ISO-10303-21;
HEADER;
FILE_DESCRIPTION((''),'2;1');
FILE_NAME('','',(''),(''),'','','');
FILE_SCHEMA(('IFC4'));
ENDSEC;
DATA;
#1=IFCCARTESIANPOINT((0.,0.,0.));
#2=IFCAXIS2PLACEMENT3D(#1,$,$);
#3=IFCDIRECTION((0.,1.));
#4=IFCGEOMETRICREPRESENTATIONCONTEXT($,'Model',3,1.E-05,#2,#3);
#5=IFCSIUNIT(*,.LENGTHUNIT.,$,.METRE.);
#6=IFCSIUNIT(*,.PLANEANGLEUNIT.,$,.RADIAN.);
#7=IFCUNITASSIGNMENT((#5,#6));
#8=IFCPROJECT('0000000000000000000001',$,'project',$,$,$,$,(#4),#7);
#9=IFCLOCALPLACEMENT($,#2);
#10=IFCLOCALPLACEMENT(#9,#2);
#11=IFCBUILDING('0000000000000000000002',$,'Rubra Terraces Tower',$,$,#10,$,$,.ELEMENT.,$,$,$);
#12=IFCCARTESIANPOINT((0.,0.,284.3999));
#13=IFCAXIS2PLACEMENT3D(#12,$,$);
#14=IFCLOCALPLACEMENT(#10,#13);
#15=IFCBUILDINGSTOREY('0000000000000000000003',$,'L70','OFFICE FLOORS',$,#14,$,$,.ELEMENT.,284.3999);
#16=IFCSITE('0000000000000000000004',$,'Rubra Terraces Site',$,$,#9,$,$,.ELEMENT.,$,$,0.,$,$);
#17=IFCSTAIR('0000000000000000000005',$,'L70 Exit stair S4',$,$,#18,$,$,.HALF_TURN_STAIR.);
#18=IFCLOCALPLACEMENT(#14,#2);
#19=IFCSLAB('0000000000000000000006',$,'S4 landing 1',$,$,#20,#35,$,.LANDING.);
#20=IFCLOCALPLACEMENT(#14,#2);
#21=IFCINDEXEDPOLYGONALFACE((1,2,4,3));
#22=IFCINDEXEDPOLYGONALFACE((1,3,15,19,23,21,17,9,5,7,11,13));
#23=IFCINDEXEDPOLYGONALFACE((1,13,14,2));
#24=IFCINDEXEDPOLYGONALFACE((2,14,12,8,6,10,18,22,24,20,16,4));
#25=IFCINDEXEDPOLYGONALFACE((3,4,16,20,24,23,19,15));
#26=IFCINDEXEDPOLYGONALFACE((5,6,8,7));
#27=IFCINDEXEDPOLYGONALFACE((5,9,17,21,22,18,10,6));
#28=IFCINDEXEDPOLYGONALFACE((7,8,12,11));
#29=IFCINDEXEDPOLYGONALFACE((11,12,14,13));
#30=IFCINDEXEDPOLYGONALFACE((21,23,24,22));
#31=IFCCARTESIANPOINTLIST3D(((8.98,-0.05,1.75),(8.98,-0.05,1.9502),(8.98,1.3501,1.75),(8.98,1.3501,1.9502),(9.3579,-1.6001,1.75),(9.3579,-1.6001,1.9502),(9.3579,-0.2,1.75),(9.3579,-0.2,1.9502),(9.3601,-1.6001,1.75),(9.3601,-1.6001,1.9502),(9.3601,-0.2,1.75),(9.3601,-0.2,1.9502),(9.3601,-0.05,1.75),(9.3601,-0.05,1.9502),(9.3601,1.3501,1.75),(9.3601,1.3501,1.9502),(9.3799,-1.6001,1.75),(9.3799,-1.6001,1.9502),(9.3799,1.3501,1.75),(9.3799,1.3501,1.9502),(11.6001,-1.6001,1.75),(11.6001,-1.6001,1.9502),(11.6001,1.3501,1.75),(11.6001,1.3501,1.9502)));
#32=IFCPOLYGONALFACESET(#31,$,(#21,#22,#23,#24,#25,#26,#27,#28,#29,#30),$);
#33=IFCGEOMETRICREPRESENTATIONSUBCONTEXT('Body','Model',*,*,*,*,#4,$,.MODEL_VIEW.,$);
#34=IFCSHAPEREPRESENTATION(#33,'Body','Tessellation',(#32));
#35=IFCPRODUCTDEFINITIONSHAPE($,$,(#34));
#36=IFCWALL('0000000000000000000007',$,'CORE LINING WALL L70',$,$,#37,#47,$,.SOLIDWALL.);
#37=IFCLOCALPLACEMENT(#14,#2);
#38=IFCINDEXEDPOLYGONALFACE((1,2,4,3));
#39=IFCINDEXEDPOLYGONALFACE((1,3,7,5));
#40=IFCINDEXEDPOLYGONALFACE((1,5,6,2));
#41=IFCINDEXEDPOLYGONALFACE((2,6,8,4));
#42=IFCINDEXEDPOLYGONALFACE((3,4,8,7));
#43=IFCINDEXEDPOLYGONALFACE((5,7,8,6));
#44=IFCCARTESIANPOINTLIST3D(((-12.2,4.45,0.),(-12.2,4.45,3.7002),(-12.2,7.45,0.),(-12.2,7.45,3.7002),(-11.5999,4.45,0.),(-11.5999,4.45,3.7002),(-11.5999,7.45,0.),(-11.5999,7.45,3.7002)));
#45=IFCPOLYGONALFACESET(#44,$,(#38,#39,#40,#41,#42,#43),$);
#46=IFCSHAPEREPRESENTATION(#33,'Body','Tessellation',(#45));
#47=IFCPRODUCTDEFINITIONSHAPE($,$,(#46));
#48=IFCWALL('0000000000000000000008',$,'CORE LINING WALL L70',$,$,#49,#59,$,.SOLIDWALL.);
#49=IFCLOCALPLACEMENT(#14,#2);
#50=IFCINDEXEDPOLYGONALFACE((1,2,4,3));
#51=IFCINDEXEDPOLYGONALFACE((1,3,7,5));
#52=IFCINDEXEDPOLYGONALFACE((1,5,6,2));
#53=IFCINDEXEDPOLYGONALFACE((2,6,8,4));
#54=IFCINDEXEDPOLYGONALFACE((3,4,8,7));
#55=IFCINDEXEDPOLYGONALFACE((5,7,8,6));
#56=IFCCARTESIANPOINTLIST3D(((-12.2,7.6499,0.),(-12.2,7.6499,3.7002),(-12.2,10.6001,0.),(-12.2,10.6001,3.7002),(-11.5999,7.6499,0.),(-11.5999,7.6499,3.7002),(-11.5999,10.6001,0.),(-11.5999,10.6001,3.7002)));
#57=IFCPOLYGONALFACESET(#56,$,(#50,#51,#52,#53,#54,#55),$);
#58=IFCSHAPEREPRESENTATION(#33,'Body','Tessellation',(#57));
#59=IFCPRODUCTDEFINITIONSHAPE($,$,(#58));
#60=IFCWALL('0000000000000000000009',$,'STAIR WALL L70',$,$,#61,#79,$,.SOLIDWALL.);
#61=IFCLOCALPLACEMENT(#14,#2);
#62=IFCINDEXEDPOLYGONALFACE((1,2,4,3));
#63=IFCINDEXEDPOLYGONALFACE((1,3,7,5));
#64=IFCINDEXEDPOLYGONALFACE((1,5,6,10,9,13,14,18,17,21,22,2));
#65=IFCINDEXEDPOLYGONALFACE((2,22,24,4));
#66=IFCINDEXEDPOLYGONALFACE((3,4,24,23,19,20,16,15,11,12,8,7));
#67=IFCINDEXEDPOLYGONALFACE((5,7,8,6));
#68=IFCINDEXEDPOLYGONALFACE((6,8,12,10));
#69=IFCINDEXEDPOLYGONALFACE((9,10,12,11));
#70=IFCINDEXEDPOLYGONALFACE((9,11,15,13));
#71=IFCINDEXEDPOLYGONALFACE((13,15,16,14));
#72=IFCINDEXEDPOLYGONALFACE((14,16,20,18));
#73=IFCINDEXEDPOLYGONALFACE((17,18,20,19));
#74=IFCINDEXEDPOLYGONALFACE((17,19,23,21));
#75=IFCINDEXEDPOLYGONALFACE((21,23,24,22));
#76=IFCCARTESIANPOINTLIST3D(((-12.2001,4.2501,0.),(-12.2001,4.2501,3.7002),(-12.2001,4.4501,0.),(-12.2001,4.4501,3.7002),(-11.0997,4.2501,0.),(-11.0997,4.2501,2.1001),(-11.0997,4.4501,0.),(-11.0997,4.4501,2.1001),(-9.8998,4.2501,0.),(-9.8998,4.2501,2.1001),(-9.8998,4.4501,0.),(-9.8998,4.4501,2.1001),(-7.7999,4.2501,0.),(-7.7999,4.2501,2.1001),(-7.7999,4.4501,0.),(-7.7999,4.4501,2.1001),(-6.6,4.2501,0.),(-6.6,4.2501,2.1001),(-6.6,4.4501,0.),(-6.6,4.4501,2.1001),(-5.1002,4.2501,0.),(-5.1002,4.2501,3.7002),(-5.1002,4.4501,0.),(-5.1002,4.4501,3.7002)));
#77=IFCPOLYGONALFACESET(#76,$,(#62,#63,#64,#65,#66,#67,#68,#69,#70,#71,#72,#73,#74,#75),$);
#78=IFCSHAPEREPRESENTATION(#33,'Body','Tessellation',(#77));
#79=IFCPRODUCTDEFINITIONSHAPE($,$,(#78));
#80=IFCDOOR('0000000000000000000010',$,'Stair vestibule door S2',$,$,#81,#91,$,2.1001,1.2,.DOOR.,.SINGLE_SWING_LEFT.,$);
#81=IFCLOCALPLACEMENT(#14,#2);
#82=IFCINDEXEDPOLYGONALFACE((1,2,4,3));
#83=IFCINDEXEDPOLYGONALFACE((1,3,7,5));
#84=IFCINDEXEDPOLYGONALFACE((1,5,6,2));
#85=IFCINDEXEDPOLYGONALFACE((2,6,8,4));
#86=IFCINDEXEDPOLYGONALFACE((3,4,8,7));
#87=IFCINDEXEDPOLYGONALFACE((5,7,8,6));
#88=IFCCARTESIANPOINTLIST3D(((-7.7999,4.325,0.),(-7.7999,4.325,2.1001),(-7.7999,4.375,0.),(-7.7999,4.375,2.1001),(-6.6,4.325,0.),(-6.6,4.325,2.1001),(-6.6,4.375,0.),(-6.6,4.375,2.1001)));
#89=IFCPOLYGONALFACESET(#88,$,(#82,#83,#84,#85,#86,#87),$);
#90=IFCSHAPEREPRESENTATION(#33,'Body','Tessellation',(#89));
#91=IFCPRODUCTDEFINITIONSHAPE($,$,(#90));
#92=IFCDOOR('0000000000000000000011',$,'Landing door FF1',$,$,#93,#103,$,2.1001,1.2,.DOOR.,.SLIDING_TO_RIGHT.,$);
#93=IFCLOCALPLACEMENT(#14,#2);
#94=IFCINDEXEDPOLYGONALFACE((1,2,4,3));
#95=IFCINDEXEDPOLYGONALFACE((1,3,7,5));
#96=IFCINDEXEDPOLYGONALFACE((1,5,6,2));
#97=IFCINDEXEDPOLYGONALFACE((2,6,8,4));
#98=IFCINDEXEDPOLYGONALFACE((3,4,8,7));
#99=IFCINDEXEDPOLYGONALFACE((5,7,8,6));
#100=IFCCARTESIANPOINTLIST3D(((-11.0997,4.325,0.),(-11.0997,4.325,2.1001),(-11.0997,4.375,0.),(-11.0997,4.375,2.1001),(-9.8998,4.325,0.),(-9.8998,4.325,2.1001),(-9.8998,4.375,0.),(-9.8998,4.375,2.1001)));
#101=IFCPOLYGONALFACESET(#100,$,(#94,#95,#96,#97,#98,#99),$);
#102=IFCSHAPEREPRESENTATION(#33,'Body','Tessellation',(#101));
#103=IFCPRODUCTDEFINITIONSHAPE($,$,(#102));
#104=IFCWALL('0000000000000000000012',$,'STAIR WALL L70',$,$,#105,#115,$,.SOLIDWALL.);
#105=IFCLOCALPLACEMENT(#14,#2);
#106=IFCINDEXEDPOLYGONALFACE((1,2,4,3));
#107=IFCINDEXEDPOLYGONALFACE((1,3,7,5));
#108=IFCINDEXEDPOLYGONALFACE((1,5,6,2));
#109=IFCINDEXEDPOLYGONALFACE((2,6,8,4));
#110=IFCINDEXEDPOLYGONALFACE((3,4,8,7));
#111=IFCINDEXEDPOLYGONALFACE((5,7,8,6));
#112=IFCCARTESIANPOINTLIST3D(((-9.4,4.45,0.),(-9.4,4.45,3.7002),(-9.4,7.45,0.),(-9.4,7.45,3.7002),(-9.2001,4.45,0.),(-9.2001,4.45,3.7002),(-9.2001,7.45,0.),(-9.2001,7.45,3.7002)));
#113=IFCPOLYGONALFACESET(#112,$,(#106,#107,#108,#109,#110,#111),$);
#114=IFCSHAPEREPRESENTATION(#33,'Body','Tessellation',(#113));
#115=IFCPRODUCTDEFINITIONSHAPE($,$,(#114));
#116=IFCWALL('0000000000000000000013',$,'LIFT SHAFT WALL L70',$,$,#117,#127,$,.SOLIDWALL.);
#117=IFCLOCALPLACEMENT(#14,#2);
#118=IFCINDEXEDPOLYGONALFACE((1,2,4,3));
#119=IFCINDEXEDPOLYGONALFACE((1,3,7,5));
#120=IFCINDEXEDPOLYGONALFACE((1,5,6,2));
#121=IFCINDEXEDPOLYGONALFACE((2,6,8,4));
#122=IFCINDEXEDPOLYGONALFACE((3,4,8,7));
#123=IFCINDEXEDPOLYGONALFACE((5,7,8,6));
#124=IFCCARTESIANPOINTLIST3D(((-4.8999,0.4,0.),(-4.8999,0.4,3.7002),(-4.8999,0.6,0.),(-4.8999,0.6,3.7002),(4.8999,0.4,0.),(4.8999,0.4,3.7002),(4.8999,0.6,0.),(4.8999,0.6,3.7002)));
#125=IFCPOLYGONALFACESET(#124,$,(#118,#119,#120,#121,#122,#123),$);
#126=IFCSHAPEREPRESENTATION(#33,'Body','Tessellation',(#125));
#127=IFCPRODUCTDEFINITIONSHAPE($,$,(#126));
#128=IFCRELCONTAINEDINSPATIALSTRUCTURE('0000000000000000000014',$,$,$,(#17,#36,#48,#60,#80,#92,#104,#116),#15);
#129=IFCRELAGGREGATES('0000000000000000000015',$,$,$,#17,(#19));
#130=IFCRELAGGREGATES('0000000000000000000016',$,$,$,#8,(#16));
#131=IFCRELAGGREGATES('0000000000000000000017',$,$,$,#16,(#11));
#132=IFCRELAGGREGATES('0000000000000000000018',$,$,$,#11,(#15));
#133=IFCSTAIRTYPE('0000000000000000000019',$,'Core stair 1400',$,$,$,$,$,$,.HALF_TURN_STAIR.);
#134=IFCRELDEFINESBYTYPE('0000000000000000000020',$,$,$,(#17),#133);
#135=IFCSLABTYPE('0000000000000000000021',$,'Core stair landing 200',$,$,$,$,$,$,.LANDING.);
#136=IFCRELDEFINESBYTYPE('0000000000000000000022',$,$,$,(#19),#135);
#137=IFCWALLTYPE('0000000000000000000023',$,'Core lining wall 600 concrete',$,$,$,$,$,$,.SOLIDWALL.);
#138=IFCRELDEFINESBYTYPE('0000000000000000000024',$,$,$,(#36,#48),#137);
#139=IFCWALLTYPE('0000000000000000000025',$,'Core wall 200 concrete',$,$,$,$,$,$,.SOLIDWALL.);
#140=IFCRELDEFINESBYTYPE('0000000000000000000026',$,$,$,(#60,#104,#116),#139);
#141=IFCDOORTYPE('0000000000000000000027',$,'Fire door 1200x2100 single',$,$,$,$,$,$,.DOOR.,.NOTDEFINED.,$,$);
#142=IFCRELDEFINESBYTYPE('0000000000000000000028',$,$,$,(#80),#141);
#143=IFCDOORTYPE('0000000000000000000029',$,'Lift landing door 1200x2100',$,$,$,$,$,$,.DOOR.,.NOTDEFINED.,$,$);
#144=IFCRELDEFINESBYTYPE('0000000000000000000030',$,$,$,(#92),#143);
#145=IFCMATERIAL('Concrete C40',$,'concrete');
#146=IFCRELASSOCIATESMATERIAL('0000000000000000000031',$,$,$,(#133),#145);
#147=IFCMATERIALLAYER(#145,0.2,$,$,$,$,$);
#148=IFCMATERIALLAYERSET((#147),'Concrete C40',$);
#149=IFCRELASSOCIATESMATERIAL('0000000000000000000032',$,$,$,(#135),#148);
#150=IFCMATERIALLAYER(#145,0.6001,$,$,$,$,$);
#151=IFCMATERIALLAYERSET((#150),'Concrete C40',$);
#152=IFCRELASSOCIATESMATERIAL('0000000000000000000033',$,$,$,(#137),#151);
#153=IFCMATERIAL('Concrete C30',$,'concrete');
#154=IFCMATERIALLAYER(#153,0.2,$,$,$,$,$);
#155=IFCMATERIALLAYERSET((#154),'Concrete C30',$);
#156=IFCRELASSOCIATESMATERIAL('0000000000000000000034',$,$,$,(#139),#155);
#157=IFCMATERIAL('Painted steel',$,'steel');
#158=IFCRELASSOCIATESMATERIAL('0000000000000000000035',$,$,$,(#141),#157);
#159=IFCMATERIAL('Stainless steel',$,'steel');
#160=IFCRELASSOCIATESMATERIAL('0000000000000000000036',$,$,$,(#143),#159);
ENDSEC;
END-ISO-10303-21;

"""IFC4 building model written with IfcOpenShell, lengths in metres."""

from ifc_helpers import new_model, si_unit, direction, frame, frame_2d, origin, place, context, subcontext, project, spatial, polyline, rectangle, outline, extrude, material, layer, layer_set, type_object, element, fill, aggregate, save


model = new_model("IFC4")

# Units and contexts
model_context = context("Model", 3, precision=1e-05, world=origin(), true_north=direction((0.0, 1.0)))
body_context = subcontext(model_context, "Body", "Model", "MODEL_VIEW")
ifc_project = project(units=[si_unit("LENGTHUNIT", "METRE"), si_unit("PLANEANGLEUNIT", "RADIAN")], contexts=[model_context])

# Site, building, storey
site_placement = place(None, origin())
site = spatial("IfcSite", under=ifc_project, at=site_placement, Name="Rubra Terraces Site", CompositionType="ELEMENT", RefElevation=0.0)
building_placement = place(site_placement, origin())
building = spatial("IfcBuilding", under=site, at=building_placement, Name="Rubra Terraces Tower", CompositionType="ELEMENT")
storey_placement = place(building_placement, frame((0.0, 0.0, 284.3999)))
storey = spatial("IfcBuildingStorey", under=building, at=storey_placement, Name="L70", Description="OFFICE FLOORS", CompositionType="ELEMENT", Elevation=284.3999)

# Stair, slab
ifc_material_1 = material(Name="Concrete C40", Category="concrete")
stair_type = type_object("IfcStairType", Name="Core stair 1400", PredefinedType="HALF_TURN_STAIR", material=ifc_material_1)
stair_1_placement = place(storey_placement, origin())
stair_1 = element("IfcStair", 1, at=stair_1_placement, inside=storey, type_object=stair_type, Name="L70 Exit stair S4", PredefinedType="HALF_TURN_STAIR")
ifc_layer_1 = layer(ifc_material_1, 0.2)
ifc_layer_set_1 = layer_set([ifc_layer_1], Name="Concrete C40")
slab_type = type_object("IfcSlabType", Name="Core stair landing 200", PredefinedType="LANDING", material=ifc_layer_set_1)
slab_placement = place(storey_placement, frame((0.0, 0.0, 1.75)))
slab = element("IfcSlab", 2, at=slab_placement, type_object=slab_type, Name="S4 landing 1", PredefinedType="LANDING", context=body_context, shape_type="SweptSolid", body=[
    extrude(outline(polyline([(9.3601, -0.2), (9.3601, -0.05), (8.98, -0.05), (8.98, 1.3501), (9.3601, 1.3501), (9.3799, 1.3501), (11.6001, 1.3501), (11.6001, -1.6001), (9.3799, -1.6001), (9.3601, -1.6001), (9.3579, -1.6001), (9.3579, -0.2), (9.3601, -0.2)])), origin(), (0.0, 0.0, 1.0), 0.2002),
])
aggregate(stair_1, [slab])

# Walls
ifc_layer_2 = layer(ifc_material_1, 0.6001)
ifc_layer_set_2 = layer_set([ifc_layer_2], Name="Concrete C40")
wall_type_1 = type_object("IfcWallType", Name="Core lining wall 600 concrete", PredefinedType="SOLIDWALL", material=ifc_layer_set_2)
wall_1_placement = place(storey_placement, frame((-11.8999, 4.45, 0.0), z_axis=(0.0, 0.0, 1.0), x_axis=(0.0, 1.0, 0.0)))
element("IfcWall", 3, at=wall_1_placement, inside=storey, type_object=wall_type_1, Name="CORE LINING WALL L70", PredefinedType="SOLIDWALL", context=body_context, shape_type="SweptSolid", body=[
    extrude(rectangle(XDim=3.0, YDim=0.6001, at=frame_2d((1.5, 0.0))), origin(), (0.0, 0.0, 1.0), 3.7002),
])
wall_2_placement = place(storey_placement, frame((-11.8999, 7.6499, 0.0), z_axis=(0.0, 0.0, 1.0), x_axis=(0.0, 1.0, 0.0)))
element("IfcWall", 4, at=wall_2_placement, inside=storey, type_object=wall_type_1, Name="CORE LINING WALL L70", PredefinedType="SOLIDWALL", context=body_context, shape_type="SweptSolid", body=[
    extrude(rectangle(XDim=2.9502, YDim=0.6001, at=frame_2d((1.4751, 0.0))), origin(), (0.0, 0.0, 1.0), 3.7002),
])

# Wall, openings, doors
ifc_material_2 = material(Name="Concrete C30", Category="concrete")
ifc_layer_3 = layer(ifc_material_2, 0.2)
ifc_layer_set_3 = layer_set([ifc_layer_3], Name="Concrete C30")
wall_type_2 = type_object("IfcWallType", Name="Core wall 200 concrete", PredefinedType="SOLIDWALL", material=ifc_layer_set_3)
wall_3_placement = place(storey_placement, frame((-12.2, 4.3501, 0.0), z_axis=(0.0, 0.0, 1.0), x_axis=(1.0, 0.0, 0.0)))
wall_3 = element("IfcWall", 5, at=wall_3_placement, inside=storey, type_object=wall_type_2, Name="STAIR WALL L70", PredefinedType="SOLIDWALL", context=body_context, shape_type="SweptSolid", body=[
    extrude(rectangle(XDim=7.0999, YDim=0.2, at=frame_2d((3.5498, 0.0))), origin(), (0.0, 0.0, 1.0), 3.7002),
])
opening_1_placement = place(wall_3_placement, frame((4.3999, 0.0, 0.0)))
opening_1 = element("IfcOpeningElement", 6, at=opening_1_placement, cuts=wall_3, PredefinedType="OPENING", context=body_context, shape_type="SweptSolid", body=[
    extrude(rectangle(XDim=1.2, YDim=2.1001, at=frame_2d((0.6001, 1.05))), frame((0.0, 0.1099, 0.0), z_axis=(0.0, -1.0, 0.0), x_axis=(1.0, 0.0, 0.0)), (0.0, 0.0, 1.0), 0.22),
])
opening_2_placement = place(wall_3_placement, frame((1.1001, 0.0, 0.0)))
opening_2 = element("IfcOpeningElement", 7, at=opening_2_placement, cuts=wall_3, PredefinedType="OPENING", context=body_context, shape_type="SweptSolid", body=[
    extrude(rectangle(XDim=1.2, YDim=2.1001, at=frame_2d((0.6001, 1.05))), frame((0.0, 0.1099, 0.0), z_axis=(0.0, -1.0, 0.0), x_axis=(1.0, 0.0, 0.0)), (0.0, 0.0, 1.0), 0.22),
])
ifc_material_3 = material(Name="Painted steel", Category="steel")
door_type_1 = type_object("IfcDoorType", Name="Fire door 1200x2100 single", OperationType="NOTDEFINED", PredefinedType="DOOR", material=ifc_material_3)
door_1_placement = place(opening_1_placement, origin())
door_1 = element("IfcDoor", 8, at=door_1_placement, inside=storey, type_object=door_type_1, Name="Stair vestibule door S2", OperationType="SINGLE_SWING_LEFT", OverallHeight=2.1001, OverallWidth=1.2, PredefinedType="DOOR", context=body_context, shape_type="SweptSolid", body=[
    extrude(rectangle(XDim=1.2, YDim=2.1001, at=frame_2d((0.6001, 1.05))), frame((0.0, 0.0249, 0.0), z_axis=(0.0, -1.0, 0.0), x_axis=(1.0, 0.0, 0.0)), (0.0, 0.0, 1.0), 0.05),
])
fill(opening_1, door_1)
ifc_material_4 = material(Name="Stainless steel", Category="steel")
door_type_2 = type_object("IfcDoorType", Name="Lift landing door 1200x2100", OperationType="NOTDEFINED", PredefinedType="DOOR", material=ifc_material_4)
door_2_placement = place(opening_2_placement, origin())
door_2 = element("IfcDoor", 9, at=door_2_placement, inside=storey, type_object=door_type_2, Name="Landing door FF1", OperationType="SLIDING_TO_RIGHT", OverallHeight=2.1001, OverallWidth=1.2, PredefinedType="DOOR", context=body_context, shape_type="SweptSolid", body=[
    extrude(rectangle(XDim=1.2, YDim=2.1001, at=frame_2d((0.6001, 1.05))), frame((0.0, 0.0249, 0.0), z_axis=(0.0, -1.0, 0.0), x_axis=(1.0, 0.0, 0.0)), (0.0, 0.0, 1.0), 0.05),
])
fill(opening_2, door_2)

# Walls
wall_4_placement = place(storey_placement, frame((-9.3, 4.45, 0.0), z_axis=(0.0, 0.0, 1.0), x_axis=(0.0, 1.0, 0.0)))
element("IfcWall", 10, at=wall_4_placement, inside=storey, type_object=wall_type_2, Name="STAIR WALL L70", PredefinedType="SOLIDWALL", context=body_context, shape_type="SweptSolid", body=[
    extrude(rectangle(XDim=3.0, YDim=0.2, at=frame_2d((1.5, 0.0))), origin(), (0.0, 0.0, 1.0), 3.7002),
])
wall_5_placement = place(storey_placement, frame((-4.8999, 0.5, 0.0), z_axis=(0.0, 0.0, 1.0), x_axis=(1.0, 0.0, 0.0)))
element("IfcWall", 11, at=wall_5_placement, inside=storey, type_object=wall_type_2, Name="LIFT SHAFT WALL L70", PredefinedType="SOLIDWALL", context=body_context, shape_type="SweptSolid", body=[
    extrude(rectangle(XDim=9.7998, YDim=0.2, at=frame_2d((4.8999, 0.0))), origin(), (0.0, 0.0, 1.0), 3.7002),
])

save(model, "model.ifc")
